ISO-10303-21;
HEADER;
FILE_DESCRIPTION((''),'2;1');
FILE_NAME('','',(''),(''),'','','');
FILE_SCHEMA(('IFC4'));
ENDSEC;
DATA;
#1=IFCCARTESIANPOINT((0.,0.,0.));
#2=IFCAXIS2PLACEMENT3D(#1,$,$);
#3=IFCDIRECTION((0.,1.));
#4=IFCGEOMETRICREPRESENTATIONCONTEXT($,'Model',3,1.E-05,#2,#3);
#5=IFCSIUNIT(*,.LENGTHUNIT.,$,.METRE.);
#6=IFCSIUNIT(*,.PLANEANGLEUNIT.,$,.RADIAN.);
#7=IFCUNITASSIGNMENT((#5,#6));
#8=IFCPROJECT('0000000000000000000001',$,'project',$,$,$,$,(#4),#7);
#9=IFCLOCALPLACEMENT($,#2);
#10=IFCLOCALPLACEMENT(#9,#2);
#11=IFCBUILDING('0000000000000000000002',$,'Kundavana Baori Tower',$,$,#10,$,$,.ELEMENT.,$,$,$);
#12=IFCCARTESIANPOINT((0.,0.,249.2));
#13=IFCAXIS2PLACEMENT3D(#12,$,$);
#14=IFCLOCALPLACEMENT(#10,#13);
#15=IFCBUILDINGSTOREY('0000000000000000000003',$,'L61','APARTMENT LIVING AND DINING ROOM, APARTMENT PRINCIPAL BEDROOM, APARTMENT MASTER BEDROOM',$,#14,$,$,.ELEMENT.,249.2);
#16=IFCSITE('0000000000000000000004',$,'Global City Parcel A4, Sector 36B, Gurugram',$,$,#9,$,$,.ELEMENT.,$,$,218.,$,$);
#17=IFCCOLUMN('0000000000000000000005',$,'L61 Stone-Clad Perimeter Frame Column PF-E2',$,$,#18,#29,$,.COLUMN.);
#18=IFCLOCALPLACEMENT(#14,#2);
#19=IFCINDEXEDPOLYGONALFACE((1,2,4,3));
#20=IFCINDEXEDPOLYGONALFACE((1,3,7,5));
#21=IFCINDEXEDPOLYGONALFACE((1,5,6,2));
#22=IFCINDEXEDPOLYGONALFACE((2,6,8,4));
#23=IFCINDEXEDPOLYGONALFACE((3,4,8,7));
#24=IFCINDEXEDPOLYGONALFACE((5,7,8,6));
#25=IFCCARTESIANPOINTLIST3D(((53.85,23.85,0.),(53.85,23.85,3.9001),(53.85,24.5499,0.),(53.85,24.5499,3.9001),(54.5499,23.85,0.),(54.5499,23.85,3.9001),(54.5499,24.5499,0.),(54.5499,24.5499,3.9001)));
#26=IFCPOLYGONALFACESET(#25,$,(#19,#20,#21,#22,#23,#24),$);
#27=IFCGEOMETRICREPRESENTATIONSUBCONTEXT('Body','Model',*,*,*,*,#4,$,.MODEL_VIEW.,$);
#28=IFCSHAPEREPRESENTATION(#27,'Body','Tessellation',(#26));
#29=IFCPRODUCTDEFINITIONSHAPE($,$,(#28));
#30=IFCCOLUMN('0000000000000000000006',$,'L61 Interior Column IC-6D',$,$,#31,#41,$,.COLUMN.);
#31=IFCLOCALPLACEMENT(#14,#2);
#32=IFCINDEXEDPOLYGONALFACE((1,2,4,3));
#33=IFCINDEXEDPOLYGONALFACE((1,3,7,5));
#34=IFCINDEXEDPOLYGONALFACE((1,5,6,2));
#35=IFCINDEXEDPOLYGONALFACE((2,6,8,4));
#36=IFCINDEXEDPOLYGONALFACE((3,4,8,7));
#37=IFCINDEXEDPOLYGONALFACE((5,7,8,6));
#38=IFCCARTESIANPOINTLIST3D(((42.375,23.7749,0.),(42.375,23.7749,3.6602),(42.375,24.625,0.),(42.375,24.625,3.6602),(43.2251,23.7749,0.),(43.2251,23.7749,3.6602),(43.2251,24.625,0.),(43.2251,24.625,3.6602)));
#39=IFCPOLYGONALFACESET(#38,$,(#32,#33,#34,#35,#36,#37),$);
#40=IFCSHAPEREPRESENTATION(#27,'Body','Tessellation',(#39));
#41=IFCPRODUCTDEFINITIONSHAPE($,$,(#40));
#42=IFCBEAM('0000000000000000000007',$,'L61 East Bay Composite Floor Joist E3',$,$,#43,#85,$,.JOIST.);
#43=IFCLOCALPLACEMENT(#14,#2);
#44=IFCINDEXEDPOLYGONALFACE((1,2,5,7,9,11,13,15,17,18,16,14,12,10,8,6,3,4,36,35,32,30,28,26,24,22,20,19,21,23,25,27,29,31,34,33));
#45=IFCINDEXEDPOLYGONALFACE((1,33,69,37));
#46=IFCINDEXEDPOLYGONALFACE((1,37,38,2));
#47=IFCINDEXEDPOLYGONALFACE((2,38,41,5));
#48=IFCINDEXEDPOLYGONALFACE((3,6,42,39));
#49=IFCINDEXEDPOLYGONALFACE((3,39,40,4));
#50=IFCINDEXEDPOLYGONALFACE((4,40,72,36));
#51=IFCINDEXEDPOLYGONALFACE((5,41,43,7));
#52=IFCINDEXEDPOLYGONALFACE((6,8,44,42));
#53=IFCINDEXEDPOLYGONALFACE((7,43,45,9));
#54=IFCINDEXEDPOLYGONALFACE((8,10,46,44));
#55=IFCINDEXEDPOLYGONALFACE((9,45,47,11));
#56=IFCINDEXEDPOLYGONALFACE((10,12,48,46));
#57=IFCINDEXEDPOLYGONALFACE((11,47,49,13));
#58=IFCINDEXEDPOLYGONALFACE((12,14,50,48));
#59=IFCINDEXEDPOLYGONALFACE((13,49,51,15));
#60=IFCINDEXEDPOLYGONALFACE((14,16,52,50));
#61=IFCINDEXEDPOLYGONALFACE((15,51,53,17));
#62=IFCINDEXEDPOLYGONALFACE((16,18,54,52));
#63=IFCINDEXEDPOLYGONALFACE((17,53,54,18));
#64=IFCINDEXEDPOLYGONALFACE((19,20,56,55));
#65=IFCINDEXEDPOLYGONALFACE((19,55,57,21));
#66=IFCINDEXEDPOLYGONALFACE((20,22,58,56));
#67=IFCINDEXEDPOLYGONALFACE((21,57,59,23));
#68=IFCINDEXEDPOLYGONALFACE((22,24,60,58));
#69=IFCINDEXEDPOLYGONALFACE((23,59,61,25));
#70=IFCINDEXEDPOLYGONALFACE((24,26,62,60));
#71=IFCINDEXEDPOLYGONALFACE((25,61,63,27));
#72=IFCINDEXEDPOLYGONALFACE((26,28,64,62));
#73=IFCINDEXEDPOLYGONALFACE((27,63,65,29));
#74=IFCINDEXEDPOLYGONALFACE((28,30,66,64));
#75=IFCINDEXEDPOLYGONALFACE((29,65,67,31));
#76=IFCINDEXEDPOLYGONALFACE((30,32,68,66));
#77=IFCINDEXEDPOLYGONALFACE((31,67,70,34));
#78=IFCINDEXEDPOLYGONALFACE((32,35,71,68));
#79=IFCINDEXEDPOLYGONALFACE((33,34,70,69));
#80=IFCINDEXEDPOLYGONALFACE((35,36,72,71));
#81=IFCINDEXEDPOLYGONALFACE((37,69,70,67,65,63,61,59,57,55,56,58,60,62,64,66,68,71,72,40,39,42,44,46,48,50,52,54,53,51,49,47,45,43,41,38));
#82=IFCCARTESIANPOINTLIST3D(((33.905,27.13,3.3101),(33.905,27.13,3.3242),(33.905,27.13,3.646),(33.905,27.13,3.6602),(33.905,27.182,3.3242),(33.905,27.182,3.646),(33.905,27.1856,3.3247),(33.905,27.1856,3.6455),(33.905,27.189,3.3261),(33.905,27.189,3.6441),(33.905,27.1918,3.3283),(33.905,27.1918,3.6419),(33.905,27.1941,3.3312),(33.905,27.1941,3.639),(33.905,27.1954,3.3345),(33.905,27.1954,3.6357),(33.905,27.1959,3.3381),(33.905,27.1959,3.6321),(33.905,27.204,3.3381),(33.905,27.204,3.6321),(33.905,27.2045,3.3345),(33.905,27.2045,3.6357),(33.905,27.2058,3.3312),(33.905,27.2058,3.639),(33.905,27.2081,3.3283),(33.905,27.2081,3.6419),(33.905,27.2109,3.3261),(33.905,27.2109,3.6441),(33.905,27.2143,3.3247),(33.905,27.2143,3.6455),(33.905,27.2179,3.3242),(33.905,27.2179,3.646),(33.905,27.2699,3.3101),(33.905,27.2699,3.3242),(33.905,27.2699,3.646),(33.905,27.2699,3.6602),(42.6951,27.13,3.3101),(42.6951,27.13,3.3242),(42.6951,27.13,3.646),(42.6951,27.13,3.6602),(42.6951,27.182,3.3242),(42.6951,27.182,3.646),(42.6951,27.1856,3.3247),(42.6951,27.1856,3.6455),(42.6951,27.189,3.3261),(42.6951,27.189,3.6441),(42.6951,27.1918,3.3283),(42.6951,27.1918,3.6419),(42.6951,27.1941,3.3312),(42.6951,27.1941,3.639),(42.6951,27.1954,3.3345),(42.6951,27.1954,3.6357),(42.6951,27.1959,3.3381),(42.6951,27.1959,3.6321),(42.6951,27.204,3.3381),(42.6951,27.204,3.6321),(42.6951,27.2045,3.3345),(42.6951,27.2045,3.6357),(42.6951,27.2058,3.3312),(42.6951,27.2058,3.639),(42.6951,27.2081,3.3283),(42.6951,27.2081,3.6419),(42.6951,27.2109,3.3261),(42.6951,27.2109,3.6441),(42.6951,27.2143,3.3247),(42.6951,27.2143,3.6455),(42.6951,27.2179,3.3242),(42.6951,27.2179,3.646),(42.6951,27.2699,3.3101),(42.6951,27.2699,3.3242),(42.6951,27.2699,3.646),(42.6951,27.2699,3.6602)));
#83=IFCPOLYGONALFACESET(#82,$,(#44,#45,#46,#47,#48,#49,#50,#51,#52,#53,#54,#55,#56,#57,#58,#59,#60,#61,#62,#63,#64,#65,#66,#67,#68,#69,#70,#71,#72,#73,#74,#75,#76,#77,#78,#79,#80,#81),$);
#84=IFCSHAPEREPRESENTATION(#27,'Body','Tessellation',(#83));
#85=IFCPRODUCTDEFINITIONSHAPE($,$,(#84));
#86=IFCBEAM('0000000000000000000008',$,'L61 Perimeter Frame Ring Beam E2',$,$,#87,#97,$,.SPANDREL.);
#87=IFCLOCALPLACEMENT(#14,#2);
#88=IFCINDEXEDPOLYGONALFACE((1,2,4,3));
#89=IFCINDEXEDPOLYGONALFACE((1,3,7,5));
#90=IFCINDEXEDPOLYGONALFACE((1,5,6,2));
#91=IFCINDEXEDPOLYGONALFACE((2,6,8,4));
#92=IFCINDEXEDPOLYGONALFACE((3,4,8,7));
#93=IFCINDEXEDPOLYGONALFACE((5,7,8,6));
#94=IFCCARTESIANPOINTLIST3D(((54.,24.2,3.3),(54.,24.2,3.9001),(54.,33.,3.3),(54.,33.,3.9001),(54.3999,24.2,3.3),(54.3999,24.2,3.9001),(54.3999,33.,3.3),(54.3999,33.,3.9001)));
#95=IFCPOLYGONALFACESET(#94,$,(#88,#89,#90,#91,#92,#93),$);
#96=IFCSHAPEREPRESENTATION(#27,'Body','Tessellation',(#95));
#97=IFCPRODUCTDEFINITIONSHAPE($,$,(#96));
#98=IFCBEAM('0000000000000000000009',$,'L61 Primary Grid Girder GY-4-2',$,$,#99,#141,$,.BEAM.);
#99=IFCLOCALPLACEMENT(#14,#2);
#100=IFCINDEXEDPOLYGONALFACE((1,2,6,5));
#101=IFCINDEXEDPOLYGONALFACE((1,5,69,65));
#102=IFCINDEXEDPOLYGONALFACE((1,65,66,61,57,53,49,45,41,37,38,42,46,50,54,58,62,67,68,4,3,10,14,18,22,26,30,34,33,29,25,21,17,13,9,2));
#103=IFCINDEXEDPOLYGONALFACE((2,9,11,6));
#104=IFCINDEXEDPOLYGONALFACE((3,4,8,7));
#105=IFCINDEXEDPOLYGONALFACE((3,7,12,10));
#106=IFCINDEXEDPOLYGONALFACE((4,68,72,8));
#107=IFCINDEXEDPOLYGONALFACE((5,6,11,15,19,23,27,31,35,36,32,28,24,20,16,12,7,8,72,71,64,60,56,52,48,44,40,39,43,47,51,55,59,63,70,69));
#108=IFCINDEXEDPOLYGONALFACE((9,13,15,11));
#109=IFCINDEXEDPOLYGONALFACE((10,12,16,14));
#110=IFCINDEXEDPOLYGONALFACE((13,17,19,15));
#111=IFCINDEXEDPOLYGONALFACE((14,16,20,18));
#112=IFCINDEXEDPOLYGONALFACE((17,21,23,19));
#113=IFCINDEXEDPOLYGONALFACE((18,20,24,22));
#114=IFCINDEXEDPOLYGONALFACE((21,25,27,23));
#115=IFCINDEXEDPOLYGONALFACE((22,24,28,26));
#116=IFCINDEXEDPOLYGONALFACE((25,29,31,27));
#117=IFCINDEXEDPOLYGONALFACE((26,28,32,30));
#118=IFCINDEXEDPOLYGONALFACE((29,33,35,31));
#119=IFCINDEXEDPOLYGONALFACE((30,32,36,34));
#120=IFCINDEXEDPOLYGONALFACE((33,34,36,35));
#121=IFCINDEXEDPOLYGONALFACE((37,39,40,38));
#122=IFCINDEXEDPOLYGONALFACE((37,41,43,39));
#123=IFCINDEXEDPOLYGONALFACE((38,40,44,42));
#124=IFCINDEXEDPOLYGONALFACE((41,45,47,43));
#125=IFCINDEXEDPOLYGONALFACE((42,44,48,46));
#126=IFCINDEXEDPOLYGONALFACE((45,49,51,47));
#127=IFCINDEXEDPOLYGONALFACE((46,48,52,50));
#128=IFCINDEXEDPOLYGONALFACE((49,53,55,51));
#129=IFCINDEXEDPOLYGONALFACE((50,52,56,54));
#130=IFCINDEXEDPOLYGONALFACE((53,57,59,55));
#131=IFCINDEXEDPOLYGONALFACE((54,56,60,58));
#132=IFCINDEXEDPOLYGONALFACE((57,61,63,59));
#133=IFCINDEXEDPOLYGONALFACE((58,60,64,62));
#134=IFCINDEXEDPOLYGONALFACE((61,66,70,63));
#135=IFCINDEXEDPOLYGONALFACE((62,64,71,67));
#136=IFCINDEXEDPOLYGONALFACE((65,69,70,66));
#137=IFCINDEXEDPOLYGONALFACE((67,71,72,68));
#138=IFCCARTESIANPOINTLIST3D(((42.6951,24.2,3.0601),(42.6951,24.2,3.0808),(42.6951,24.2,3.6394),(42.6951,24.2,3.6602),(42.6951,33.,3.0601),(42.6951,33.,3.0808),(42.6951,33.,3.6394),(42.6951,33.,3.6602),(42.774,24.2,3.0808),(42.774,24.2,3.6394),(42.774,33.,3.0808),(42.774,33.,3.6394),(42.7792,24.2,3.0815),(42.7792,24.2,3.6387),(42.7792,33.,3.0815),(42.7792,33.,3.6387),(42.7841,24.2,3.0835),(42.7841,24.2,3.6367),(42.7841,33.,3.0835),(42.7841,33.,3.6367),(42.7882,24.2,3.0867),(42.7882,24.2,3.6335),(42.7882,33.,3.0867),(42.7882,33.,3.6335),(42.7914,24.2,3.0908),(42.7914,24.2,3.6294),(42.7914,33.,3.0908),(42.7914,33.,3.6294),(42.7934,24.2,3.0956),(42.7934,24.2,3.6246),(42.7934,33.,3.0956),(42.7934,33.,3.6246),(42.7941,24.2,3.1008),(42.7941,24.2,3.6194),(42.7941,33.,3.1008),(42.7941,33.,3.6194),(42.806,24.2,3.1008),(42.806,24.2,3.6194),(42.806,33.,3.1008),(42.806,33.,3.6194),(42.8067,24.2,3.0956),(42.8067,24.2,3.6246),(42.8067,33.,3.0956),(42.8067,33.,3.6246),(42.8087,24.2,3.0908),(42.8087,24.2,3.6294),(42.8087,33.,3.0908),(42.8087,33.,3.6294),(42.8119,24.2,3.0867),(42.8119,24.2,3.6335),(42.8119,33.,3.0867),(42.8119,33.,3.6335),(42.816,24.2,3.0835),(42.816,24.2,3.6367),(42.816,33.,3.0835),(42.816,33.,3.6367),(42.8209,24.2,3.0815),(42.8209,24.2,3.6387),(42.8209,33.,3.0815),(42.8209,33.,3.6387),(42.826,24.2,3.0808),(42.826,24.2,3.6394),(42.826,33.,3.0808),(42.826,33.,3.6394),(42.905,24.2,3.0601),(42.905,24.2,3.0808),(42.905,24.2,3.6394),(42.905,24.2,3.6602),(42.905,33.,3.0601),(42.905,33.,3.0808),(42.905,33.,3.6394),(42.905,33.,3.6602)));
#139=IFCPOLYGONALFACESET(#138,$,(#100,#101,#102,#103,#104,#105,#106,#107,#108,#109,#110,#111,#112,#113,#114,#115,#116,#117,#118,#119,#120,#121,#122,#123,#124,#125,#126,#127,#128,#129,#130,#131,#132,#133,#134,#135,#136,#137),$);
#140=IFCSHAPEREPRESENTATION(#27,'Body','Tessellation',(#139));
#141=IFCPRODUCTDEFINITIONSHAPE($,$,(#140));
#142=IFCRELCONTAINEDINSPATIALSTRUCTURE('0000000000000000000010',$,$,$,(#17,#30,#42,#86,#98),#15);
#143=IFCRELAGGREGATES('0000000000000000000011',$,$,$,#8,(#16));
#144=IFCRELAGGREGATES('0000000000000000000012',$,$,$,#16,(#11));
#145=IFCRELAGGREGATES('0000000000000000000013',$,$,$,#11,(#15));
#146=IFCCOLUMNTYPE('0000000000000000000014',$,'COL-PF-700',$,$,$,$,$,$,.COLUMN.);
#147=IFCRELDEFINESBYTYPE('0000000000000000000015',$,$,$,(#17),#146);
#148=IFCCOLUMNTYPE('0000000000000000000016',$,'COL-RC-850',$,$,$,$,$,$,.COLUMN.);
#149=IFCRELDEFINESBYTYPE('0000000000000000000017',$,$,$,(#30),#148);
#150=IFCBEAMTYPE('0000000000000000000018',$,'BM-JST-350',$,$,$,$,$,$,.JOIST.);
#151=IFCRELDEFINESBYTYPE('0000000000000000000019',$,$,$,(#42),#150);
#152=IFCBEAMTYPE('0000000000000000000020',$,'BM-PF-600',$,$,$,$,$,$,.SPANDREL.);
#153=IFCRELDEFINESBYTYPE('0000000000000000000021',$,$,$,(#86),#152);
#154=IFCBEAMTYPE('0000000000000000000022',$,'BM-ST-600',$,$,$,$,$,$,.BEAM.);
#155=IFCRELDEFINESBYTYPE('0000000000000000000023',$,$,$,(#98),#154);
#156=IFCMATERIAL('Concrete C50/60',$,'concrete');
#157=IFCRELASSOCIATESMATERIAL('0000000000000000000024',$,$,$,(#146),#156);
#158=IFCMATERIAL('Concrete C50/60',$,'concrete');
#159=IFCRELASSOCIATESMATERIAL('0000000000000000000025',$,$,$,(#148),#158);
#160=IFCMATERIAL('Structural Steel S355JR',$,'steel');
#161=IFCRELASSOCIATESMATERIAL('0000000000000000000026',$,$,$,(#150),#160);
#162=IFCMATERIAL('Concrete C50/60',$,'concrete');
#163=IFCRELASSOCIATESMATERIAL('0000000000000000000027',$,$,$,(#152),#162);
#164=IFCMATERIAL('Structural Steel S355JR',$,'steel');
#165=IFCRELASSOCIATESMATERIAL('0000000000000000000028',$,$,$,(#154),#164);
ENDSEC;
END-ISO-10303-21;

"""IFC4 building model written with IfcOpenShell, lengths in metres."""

from ifc_helpers import new_model, si_unit, direction, frame, origin, origin_2d, place, context, subcontext, project, spatial, rectangle, i_section, extrude, material, material_profile, profile_set, type_object, element, save


model = new_model("IFC4")

# Units and contexts
model_context = context("Model", 3, precision=1e-05, world=origin(), true_north=direction((0.0, 1.0)))
body_context = subcontext(model_context, "Body", "Model", "MODEL_VIEW")
ifc_project = project(units=[si_unit("LENGTHUNIT", "METRE"), si_unit("PLANEANGLEUNIT", "RADIAN")], contexts=[model_context])

# Site, building, storey
site_placement = place(None, origin())
site = spatial("IfcSite", under=ifc_project, at=site_placement, Name="Global City Parcel A4, Sector 36B, Gurugram", CompositionType="ELEMENT", RefElevation=218.0)
building_placement = place(site_placement, origin())
building = spatial("IfcBuilding", under=site, at=building_placement, Name="Kundavana Baori Tower", CompositionType="ELEMENT")
storey_placement = place(building_placement, frame((0.0, 0.0, 249.2)))
storey = spatial("IfcBuildingStorey", under=building, at=storey_placement, Name="L61", Description="APARTMENT LIVING AND DINING ROOM, APARTMENT PRINCIPAL BEDROOM, APARTMENT MASTER BEDROOM", CompositionType="ELEMENT", Elevation=249.2)

# Columns
ifc_material_1 = material(Name="Concrete C50/60", Category="concrete")
ifc_material_profile_1 = material_profile(ifc_material_1, rectangle(XDim=0.7, YDim=0.7, at=origin_2d()), Name="RC PF 700x700")
ifc_profile_set_1 = profile_set([ifc_material_profile_1], Name="Concrete C50/60")
column_type_1 = type_object("IfcColumnType", Name="COL-PF-700", PredefinedType="COLUMN", material=ifc_profile_set_1)
column_1_placement = place(storey_placement, frame((54.2, 24.2, 0.0), z_axis=(0.0, 0.0, 1.0), x_axis=(1.0, 0.0, 0.0)))
element("IfcColumn", 1, at=column_1_placement, inside=storey, type_object=column_type_1, Name="L61 Stone-Clad Perimeter Frame Column PF-E2", PredefinedType="COLUMN", context=body_context, shape_type="SweptSolid", body=[
    extrude(rectangle(XDim=0.7, YDim=0.7, at=origin_2d()), origin(), (0.0, 0.0, 1.0), 3.9001),
])
ifc_material_2 = material(Name="Concrete C50/60", Category="concrete")
ifc_material_profile_2 = material_profile(ifc_material_2, rectangle(XDim=0.8501, YDim=0.8501, at=origin_2d()), Name="RC 850x850")
ifc_profile_set_2 = profile_set([ifc_material_profile_2], Name="Concrete C50/60")
column_type_2 = type_object("IfcColumnType", Name="COL-RC-850", PredefinedType="COLUMN", material=ifc_profile_set_2)
column_2_placement = place(storey_placement, frame((42.8, 24.2, 0.0), z_axis=(0.0, 0.0, 1.0), x_axis=(1.0, 0.0, 0.0)))
element("IfcColumn", 2, at=column_2_placement, inside=storey, type_object=column_type_2, Name="L61 Interior Column IC-6D", PredefinedType="COLUMN", context=body_context, shape_type="SweptSolid", body=[
    extrude(rectangle(XDim=0.8501, YDim=0.8501, at=origin_2d()), origin(), (0.0, 0.0, 1.0), 3.6602),
])

# Beams
ifc_material_3 = material(Name="Structural Steel S355JR", Category="steel")
ifc_material_profile_3 = material_profile(ifc_material_3, i_section(OverallWidth=0.1399, OverallDepth=0.3501, WebThickness=0.0081, FlangeThickness=0.0142, FilletRadius=0.0139, at=origin_2d()), Name="ISMB 350")
ifc_profile_set_3 = profile_set([ifc_material_profile_3], Name="Structural Steel S355JR")
beam_type_1 = type_object("IfcBeamType", Name="BM-JST-350", PredefinedType="JOIST", material=ifc_profile_set_3)
beam_1_placement = place(storey_placement, frame((33.905, 27.2, 3.4851), z_axis=(1.0, 0.0, 0.0), x_axis=(0.0, 1.0, 0.0)))
element("IfcBeam", 3, at=beam_1_placement, inside=storey, type_object=beam_type_1, Name="L61 East Bay Composite Floor Joist E3", PredefinedType="JOIST", context=body_context, shape_type="SweptSolid", body=[
    extrude(i_section(OverallWidth=0.1399, OverallDepth=0.3501, WebThickness=0.0081, FlangeThickness=0.0142, FilletRadius=0.0139, at=origin_2d()), origin(), (0.0, 0.0, 1.0), 8.79),
])
ifc_material_4 = material(Name="Concrete C50/60", Category="concrete")
ifc_material_profile_4 = material_profile(ifc_material_4, rectangle(XDim=0.3999, YDim=0.6001, at=origin_2d()), Name="RC BM 400x600")
ifc_profile_set_4 = profile_set([ifc_material_profile_4], Name="Concrete C50/60")
beam_type_2 = type_object("IfcBeamType", Name="BM-PF-600", PredefinedType="SPANDREL", material=ifc_profile_set_4)
beam_2_placement = place(storey_placement, frame((54.2, 24.2, 3.6001), z_axis=(0.0, 1.0, 0.0), x_axis=(-1.0, 0.0, 0.0)))
element("IfcBeam", 4, at=beam_2_placement, inside=storey, type_object=beam_type_2, Name="L61 Perimeter Frame Ring Beam E2", PredefinedType="SPANDREL", context=body_context, shape_type="SweptSolid", body=[
    extrude(rectangle(XDim=0.3999, YDim=0.6001, at=origin_2d()), origin(), (0.0, 0.0, 1.0), 8.8),
])
ifc_material_5 = material(Name="Structural Steel S355JR", Category="steel")
ifc_material_profile_5 = material_profile(ifc_material_5, i_section(OverallWidth=0.21, OverallDepth=0.6001, WebThickness=0.012, FlangeThickness=0.0208, FilletRadius=0.02, at=origin_2d()), Name="ISMB 600")
ifc_profile_set_5 = profile_set([ifc_material_profile_5], Name="Structural Steel S355JR")
beam_type_3 = type_object("IfcBeamType", Name="BM-ST-600", PredefinedType="BEAM", material=ifc_profile_set_5)
beam_3_placement = place(storey_placement, frame((42.8, 24.2, 3.3601), z_axis=(0.0, 1.0, 0.0), x_axis=(-1.0, 0.0, 0.0)))
element("IfcBeam", 5, at=beam_3_placement, inside=storey, type_object=beam_type_3, Name="L61 Primary Grid Girder GY-4-2", PredefinedType="BEAM", context=body_context, shape_type="SweptSolid", body=[
    extrude(i_section(OverallWidth=0.21, OverallDepth=0.6001, WebThickness=0.012, FlangeThickness=0.0208, FilletRadius=0.02, at=origin_2d()), origin(), (0.0, 0.0, 1.0), 8.8),
])

save(model, "model.ifc")
